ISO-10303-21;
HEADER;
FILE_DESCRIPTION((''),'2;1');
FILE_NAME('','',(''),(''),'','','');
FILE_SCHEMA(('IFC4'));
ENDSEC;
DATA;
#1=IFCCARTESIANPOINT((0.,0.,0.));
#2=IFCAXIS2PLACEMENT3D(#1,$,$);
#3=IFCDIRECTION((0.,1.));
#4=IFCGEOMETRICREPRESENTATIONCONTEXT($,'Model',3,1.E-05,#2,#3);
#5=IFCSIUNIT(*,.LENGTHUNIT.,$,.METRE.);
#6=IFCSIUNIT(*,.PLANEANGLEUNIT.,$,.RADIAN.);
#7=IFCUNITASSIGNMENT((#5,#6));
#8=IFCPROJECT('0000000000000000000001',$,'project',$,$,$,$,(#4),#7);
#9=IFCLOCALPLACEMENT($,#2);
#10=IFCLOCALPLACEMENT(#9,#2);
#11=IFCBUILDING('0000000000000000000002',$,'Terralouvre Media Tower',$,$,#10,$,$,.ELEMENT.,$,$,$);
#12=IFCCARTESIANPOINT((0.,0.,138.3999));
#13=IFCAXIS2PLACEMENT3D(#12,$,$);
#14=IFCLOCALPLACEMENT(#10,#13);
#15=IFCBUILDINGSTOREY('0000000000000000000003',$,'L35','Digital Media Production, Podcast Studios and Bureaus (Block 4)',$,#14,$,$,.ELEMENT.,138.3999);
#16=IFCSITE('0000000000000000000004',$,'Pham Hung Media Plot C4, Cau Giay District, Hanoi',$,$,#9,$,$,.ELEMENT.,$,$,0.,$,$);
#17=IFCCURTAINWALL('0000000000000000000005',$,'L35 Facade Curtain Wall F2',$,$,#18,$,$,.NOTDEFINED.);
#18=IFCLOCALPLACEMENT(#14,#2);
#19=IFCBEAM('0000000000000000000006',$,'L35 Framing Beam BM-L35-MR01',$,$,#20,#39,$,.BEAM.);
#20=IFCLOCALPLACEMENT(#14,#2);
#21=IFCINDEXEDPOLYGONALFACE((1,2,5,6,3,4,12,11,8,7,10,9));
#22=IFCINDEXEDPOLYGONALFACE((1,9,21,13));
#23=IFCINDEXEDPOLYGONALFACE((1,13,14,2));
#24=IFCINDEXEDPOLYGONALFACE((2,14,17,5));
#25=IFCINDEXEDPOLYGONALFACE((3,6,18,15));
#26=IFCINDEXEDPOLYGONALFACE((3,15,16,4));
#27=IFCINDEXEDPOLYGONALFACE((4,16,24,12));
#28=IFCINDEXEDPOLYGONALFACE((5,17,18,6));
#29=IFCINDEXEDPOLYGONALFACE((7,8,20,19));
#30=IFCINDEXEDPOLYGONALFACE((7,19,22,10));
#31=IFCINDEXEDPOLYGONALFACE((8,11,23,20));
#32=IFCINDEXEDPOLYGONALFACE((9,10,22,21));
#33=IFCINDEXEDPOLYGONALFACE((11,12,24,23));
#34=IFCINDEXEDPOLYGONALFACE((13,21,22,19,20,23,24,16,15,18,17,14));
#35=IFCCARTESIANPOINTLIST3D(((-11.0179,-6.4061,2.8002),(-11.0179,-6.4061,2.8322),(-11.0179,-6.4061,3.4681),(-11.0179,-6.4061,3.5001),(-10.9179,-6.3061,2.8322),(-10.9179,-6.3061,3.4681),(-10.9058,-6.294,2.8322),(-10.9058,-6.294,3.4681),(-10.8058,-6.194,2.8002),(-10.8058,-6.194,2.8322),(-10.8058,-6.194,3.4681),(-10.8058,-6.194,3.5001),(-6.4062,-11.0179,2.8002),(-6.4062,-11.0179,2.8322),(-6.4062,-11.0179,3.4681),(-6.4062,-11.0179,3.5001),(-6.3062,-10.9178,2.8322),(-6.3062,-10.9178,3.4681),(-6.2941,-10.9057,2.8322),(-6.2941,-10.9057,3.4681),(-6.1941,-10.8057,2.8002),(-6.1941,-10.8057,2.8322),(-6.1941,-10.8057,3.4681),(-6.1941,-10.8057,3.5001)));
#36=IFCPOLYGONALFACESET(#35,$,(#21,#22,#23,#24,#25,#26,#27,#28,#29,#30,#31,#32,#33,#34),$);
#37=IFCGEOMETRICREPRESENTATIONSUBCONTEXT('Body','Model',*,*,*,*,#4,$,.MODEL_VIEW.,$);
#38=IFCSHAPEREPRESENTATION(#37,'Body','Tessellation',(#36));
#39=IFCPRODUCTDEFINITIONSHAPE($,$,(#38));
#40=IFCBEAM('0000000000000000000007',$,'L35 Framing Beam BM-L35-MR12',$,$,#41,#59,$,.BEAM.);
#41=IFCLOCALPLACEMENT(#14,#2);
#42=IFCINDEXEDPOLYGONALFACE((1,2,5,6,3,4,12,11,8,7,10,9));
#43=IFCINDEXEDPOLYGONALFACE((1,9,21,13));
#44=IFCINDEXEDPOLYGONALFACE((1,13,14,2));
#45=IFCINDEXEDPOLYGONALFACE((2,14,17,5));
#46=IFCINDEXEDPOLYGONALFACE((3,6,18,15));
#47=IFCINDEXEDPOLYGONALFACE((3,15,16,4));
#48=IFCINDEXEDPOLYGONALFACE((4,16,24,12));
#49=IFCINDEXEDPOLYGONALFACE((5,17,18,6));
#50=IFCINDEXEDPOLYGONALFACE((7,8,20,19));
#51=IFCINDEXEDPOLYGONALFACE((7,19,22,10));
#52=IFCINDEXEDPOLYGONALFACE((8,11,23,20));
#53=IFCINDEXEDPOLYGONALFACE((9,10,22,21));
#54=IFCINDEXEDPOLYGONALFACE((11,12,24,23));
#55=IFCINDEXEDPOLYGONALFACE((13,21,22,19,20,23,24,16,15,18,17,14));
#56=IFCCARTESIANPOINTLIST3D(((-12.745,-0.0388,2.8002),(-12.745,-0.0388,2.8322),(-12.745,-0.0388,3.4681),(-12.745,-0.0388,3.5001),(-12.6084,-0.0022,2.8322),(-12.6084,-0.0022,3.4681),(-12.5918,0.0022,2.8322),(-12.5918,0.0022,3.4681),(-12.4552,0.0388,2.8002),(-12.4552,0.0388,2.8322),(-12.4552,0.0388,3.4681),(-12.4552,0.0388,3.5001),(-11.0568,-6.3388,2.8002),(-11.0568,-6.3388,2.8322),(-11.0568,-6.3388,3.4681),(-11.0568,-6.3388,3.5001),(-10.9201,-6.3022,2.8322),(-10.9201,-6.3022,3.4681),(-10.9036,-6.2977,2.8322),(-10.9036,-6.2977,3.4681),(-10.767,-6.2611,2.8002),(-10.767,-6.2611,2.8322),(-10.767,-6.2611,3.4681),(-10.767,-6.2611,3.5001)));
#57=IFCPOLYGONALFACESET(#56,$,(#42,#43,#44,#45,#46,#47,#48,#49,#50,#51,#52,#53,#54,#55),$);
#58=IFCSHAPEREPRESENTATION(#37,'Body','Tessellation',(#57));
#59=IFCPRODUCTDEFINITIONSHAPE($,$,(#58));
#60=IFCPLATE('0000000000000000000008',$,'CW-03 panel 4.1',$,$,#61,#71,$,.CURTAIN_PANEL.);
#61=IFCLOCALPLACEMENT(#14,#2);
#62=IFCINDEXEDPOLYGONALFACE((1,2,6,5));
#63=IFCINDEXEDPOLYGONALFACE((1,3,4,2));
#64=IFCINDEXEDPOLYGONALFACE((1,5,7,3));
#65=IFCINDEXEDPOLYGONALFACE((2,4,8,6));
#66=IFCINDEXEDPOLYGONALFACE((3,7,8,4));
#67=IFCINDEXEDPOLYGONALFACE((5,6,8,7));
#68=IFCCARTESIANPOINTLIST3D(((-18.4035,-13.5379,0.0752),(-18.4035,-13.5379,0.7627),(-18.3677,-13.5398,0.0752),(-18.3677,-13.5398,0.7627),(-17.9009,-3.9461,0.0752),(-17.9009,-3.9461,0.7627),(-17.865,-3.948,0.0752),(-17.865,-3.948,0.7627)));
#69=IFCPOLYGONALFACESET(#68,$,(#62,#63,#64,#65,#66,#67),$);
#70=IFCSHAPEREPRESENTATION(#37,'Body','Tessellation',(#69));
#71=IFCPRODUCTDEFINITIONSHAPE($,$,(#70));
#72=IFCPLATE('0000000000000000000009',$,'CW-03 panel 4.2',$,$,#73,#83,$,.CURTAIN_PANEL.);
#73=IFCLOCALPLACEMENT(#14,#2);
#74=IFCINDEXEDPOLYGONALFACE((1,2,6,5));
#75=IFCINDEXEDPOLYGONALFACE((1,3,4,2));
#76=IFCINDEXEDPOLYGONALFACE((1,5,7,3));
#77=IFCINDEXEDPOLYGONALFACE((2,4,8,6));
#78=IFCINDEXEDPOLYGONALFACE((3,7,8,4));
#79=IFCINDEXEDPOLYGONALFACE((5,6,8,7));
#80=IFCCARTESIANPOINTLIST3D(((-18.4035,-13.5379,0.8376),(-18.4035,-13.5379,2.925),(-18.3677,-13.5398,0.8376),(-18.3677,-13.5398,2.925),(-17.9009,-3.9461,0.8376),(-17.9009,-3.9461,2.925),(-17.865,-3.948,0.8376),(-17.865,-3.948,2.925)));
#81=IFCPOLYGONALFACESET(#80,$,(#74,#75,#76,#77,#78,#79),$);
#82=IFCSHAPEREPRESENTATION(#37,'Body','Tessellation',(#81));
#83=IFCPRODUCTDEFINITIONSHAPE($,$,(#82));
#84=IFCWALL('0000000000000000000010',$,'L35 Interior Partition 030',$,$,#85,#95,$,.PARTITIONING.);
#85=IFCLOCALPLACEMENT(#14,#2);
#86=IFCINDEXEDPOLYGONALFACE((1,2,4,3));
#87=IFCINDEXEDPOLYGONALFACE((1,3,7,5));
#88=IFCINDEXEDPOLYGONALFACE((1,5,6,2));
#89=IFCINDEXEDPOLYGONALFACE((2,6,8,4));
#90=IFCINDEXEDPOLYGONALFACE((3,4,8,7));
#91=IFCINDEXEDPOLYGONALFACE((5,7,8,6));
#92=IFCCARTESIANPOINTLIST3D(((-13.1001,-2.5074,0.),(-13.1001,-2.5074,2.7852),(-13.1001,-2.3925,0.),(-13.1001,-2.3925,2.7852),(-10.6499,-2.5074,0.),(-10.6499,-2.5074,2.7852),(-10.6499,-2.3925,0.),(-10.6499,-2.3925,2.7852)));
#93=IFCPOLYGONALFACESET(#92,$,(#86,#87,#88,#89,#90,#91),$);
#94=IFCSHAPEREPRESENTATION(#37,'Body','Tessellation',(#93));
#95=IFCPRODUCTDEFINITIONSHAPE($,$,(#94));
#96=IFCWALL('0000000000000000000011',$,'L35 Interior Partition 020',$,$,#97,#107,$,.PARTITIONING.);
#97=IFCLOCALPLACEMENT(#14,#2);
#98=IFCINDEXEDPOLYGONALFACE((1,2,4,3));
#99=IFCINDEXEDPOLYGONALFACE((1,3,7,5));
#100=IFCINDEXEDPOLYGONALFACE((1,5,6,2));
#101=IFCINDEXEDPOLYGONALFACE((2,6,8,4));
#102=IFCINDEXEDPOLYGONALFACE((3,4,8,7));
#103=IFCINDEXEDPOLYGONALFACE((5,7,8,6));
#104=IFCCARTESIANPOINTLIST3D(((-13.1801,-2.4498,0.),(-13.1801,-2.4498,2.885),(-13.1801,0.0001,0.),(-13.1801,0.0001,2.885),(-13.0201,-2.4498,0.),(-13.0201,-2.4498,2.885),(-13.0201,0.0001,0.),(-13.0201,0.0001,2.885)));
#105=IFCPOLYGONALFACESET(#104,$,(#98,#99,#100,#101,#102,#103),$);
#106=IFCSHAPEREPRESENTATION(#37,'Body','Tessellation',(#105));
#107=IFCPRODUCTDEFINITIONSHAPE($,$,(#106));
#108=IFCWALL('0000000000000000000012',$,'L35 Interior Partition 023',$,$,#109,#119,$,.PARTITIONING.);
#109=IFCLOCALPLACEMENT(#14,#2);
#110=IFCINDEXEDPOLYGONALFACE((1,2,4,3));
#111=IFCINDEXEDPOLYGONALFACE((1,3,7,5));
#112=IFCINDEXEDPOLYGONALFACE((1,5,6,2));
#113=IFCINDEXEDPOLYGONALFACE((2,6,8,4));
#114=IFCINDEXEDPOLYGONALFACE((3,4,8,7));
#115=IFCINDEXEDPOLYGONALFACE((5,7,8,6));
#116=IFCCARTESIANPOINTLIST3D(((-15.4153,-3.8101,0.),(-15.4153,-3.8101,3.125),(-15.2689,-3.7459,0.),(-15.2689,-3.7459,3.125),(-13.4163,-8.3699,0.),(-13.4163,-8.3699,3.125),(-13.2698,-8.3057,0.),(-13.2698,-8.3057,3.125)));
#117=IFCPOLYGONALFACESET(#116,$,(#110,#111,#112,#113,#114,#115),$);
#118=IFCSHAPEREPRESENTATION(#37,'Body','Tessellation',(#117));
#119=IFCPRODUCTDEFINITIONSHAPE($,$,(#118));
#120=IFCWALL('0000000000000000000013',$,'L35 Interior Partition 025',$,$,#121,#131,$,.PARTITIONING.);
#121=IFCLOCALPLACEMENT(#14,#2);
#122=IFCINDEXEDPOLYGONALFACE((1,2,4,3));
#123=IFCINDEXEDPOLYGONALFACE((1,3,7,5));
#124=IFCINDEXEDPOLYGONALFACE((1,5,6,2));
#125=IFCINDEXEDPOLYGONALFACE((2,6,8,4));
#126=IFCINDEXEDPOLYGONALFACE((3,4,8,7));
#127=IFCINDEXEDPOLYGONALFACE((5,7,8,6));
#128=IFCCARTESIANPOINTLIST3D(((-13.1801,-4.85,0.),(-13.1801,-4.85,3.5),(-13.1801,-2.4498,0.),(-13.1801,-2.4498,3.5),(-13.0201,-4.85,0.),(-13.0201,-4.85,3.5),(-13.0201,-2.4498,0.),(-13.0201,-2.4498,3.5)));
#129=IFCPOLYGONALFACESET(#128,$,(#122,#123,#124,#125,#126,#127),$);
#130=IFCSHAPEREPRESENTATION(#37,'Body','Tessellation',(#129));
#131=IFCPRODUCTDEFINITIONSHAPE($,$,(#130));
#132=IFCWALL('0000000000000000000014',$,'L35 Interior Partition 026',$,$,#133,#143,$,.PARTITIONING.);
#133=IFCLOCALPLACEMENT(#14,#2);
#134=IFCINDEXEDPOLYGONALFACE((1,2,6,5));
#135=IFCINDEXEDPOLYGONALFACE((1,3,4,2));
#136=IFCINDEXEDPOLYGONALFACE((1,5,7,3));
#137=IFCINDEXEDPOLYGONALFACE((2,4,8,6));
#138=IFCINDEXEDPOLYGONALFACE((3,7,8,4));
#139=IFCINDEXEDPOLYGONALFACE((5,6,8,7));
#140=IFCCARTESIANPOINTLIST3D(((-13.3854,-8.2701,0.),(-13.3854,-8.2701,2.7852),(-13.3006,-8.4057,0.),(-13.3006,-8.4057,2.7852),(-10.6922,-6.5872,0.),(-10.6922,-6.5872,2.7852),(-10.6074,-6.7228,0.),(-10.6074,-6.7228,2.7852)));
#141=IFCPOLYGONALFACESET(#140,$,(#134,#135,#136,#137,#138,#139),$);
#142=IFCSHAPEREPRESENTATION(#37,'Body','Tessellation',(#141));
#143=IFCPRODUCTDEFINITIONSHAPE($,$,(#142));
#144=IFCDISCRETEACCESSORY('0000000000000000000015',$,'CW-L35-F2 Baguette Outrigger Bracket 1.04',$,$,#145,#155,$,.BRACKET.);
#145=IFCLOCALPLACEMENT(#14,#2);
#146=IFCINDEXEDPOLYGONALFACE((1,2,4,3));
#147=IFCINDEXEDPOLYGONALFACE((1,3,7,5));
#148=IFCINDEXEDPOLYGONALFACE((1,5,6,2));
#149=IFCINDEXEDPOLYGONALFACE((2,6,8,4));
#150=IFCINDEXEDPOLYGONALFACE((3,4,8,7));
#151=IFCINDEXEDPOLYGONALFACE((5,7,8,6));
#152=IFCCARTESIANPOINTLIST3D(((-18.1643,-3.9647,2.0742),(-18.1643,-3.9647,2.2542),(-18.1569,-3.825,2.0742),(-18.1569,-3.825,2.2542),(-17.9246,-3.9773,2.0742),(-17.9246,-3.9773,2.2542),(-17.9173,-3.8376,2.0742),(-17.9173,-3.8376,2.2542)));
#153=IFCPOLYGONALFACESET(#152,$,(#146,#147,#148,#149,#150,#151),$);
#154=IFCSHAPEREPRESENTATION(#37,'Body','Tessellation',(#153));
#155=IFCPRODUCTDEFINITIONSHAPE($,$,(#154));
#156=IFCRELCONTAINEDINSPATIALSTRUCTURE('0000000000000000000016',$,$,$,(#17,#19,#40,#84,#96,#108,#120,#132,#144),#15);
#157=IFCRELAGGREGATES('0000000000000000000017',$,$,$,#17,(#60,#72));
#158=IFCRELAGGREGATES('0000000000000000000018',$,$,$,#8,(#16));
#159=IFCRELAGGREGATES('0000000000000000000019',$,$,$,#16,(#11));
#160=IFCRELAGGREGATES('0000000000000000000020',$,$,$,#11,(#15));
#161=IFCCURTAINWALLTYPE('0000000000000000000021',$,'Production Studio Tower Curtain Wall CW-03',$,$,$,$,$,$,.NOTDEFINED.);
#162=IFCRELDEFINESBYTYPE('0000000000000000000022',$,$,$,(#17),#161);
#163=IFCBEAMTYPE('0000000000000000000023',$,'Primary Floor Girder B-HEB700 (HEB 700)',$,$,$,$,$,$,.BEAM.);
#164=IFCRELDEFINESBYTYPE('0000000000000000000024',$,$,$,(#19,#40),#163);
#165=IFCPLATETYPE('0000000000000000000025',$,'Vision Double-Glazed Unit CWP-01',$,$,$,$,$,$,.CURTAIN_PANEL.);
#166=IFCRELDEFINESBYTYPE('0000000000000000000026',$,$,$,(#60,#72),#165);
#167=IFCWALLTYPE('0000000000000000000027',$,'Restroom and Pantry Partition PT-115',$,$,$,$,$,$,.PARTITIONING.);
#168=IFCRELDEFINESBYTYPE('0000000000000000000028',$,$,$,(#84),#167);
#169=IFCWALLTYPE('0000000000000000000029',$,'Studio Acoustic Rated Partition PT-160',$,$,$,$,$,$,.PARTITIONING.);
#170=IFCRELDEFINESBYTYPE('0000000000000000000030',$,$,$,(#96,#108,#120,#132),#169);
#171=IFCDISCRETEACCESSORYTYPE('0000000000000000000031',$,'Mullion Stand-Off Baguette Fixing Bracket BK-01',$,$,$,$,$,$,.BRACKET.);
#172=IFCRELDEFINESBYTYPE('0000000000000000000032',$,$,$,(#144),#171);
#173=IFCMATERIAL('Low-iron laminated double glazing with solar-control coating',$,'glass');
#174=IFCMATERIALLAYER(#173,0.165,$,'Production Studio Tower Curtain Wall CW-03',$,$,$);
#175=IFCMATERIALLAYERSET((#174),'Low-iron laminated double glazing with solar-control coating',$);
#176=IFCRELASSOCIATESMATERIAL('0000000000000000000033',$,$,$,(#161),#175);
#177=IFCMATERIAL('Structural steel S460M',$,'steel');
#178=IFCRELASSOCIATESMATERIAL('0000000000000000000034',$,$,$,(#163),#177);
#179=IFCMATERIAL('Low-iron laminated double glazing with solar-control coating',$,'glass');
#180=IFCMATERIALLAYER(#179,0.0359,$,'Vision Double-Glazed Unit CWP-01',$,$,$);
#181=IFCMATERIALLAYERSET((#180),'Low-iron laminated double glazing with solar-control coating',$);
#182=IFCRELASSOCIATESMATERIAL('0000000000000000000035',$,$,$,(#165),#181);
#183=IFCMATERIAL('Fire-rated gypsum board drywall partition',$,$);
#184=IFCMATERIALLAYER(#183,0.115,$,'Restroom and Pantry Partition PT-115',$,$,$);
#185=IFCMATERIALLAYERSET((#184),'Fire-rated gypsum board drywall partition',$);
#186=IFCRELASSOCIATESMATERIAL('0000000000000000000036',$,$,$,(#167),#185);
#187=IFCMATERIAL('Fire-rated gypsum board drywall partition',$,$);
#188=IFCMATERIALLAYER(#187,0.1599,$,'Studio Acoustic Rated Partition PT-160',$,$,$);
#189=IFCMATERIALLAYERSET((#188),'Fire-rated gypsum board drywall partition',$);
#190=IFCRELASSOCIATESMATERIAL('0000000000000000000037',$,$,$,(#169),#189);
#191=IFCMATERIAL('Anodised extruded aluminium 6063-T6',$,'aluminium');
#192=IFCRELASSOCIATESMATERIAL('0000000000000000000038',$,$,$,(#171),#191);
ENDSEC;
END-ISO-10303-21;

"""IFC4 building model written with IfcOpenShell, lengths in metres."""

from ifc_helpers import new_model, si_unit, direction, frame, frame_2d, origin, origin_2d, place, context, subcontext, project, spatial, rectangle, i_section, extrude, material, layer, layer_set, material_profile, profile_set, type_object, element, aggregate, save


model = new_model("IFC4")

# Units and contexts
model_context = context("Model", 3, precision=1e-05, world=origin(), true_north=direction((0.0, 1.0)))
body_context = subcontext(model_context, "Body", "Model", "MODEL_VIEW")
ifc_project = project(units=[si_unit("LENGTHUNIT", "METRE"), si_unit("PLANEANGLEUNIT", "RADIAN")], contexts=[model_context])

# Site, building, storey
site_placement = place(None, origin())
site = spatial("IfcSite", under=ifc_project, at=site_placement, Name="Pham Hung Media Plot C4, Cau Giay District, Hanoi", CompositionType="ELEMENT", RefElevation=0.0)
building_placement = place(site_placement, origin())
building = spatial("IfcBuilding", under=site, at=building_placement, Name="Terralouvre Media Tower", CompositionType="ELEMENT")
storey_placement = place(building_placement, frame((0.0, 0.0, 138.3999)))
storey = spatial("IfcBuildingStorey", under=building, at=storey_placement, Name="L35", Description="Digital Media Production, Podcast Studios and Bureaus (Block 4)", CompositionType="ELEMENT", Elevation=138.3999)

# Curtain wall
ifc_material_1 = material(Name="Low-iron laminated double glazing with solar-control coating", Category="glass")
ifc_layer_1 = layer(ifc_material_1, 0.165, Name="Production Studio Tower Curtain Wall CW-03")
ifc_layer_set_1 = layer_set([ifc_layer_1], Name="Low-iron laminated double glazing with solar-control coating")
curtain_wall_type = type_object("IfcCurtainWallType", Name="Production Studio Tower Curtain Wall CW-03", PredefinedType="NOTDEFINED", material=ifc_layer_set_1)
curtain_wall_placement = place(storey_placement, origin())
curtain_wall = element("IfcCurtainWall", 1, at=curtain_wall_placement, inside=storey, type_object=curtain_wall_type, Name="L35 Facade Curtain Wall F2", PredefinedType="NOTDEFINED")

# Beams
ifc_material_2 = material(Name="Structural steel S460M", Category="steel")
ifc_material_profile_1 = material_profile(ifc_material_2, i_section(OverallWidth=0.3, OverallDepth=0.7, WebThickness=0.0171, FlangeThickness=0.032, at=origin_2d()), Name="HEB 700")
ifc_profile_set_1 = profile_set([ifc_material_profile_1], Name="Structural steel S460M")
beam_type_1 = type_object("IfcBeamType", Name="Primary Floor Girder B-HEB700 (HEB 700)", PredefinedType="BEAM", material=ifc_profile_set_1)
beam_1_placement = place(storey_placement, frame((-10.9119, -6.3, 3.1501), z_axis=(0.707107, -0.707107, 0.0), x_axis=(0.707107, 0.707107, 0.0)))
element("IfcBeam", 2, at=beam_1_placement, inside=storey, type_object=beam_type_1, Name="L35 Framing Beam BM-L35-MR01", PredefinedType="BEAM", context=body_context, shape_type="SweptSolid", body=[
    extrude(i_section(OverallWidth=0.3, OverallDepth=0.7, WebThickness=0.0171, FlangeThickness=0.032, at=origin_2d()), origin(), (0.0, 0.0, 1.0), 6.522),
])
beam_2_placement = place(storey_placement, frame((-12.6001, 0.0, 3.1501), z_axis=(0.258839, -0.96592, 0.0), x_axis=(0.96592, 0.258839, 0.0)))
element("IfcBeam", 3, at=beam_2_placement, inside=storey, type_object=beam_type_1, Name="L35 Framing Beam BM-L35-MR12", PredefinedType="BEAM", context=body_context, shape_type="SweptSolid", body=[
    extrude(i_section(OverallWidth=0.3, OverallDepth=0.7, WebThickness=0.0171, FlangeThickness=0.032, at=origin_2d()), origin(), (0.0, 0.0, 1.0), 6.5222),
])

# Plates
ifc_material_3 = material(Name="Low-iron laminated double glazing with solar-control coating", Category="glass")
ifc_layer_2 = layer(ifc_material_3, 0.0359, Name="Vision Double-Glazed Unit CWP-01")
ifc_layer_set_2 = layer_set([ifc_layer_2], Name="Low-iron laminated double glazing with solar-control coating")
plate_type = type_object("IfcPlateType", Name="Vision Double-Glazed Unit CWP-01", PredefinedType="CURTAIN_PANEL", material=ifc_layer_set_2)
plate_1_placement = place(storey_placement, frame((-18.1343, -8.7429, 0.0752), z_axis=(0.0, 0.0, 1.0), x_axis=(-0.052336, -0.99863, 0.0)))
plate_1 = element("IfcPlate", 4, at=plate_1_placement, type_object=plate_type, Name="CW-03 panel 4.1", PredefinedType="CURTAIN_PANEL", context=body_context, shape_type="SweptSolid", body=[
    extrude(rectangle(XDim=9.605, YDim=0.0359, at=origin_2d()), origin(), (0.0, 0.0, 1.0), 0.6875),
])
plate_2_placement = place(storey_placement, frame((-18.1343, -8.7429, 0.8376), z_axis=(0.0, 0.0, 1.0), x_axis=(-0.052336, -0.99863, 0.0)))
plate_2 = element("IfcPlate", 5, at=plate_2_placement, type_object=plate_type, Name="CW-03 panel 4.2", PredefinedType="CURTAIN_PANEL", context=body_context, shape_type="SweptSolid", body=[
    extrude(rectangle(XDim=9.605, YDim=0.0359, at=origin_2d()), origin(), (0.0, 0.0, 1.0), 2.0874),
])
aggregate(curtain_wall, [plate_1, plate_2])

# Walls
ifc_material_4 = material(Name="Fire-rated gypsum board drywall partition")
ifc_layer_3 = layer(ifc_material_4, 0.115, Name="Restroom and Pantry Partition PT-115")
ifc_layer_set_3 = layer_set([ifc_layer_3], Name="Fire-rated gypsum board drywall partition")
wall_type_1 = type_object("IfcWallType", Name="Restroom and Pantry Partition PT-115", PredefinedType="PARTITIONING", material=ifc_layer_set_3)
wall_1_placement = place(storey_placement, frame((-13.1001, -2.45, 0.0), z_axis=(0.0, 0.0, 1.0), x_axis=(1.0, 0.0, 0.0)))
element("IfcWall", 6, at=wall_1_placement, inside=storey, type_object=wall_type_1, Name="L35 Interior Partition 030", PredefinedType="PARTITIONING", context=body_context, shape_type="SweptSolid", body=[
    extrude(rectangle(XDim=2.4502, YDim=0.115, at=frame_2d((1.2251, 0.0))), origin(), (0.0, 0.0, 1.0), 2.7852),
])
ifc_material_5 = material(Name="Fire-rated gypsum board drywall partition")
ifc_layer_4 = layer(ifc_material_5, 0.1599, Name="Studio Acoustic Rated Partition PT-160")
ifc_layer_set_4 = layer_set([ifc_layer_4], Name="Fire-rated gypsum board drywall partition")
wall_type_2 = type_object("IfcWallType", Name="Studio Acoustic Rated Partition PT-160", PredefinedType="PARTITIONING", material=ifc_layer_set_4)
wall_2_placement = place(storey_placement, frame((-13.1001, -2.45, 0.0), z_axis=(0.0, 0.0, 1.0), x_axis=(0.0, 1.0, 0.0)))
element("IfcWall", 7, at=wall_2_placement, inside=storey, type_object=wall_type_2, Name="L35 Interior Partition 020", PredefinedType="PARTITIONING", context=body_context, shape_type="SweptSolid", body=[
    extrude(rectangle(XDim=2.45, YDim=0.1599, at=frame_2d((1.2251, 0.0))), origin(), (0.0, 0.0, 1.0), 2.885),
])
wall_3_placement = place(storey_placement, frame((-15.342, -3.7781, 0.0), z_axis=(0.0, 0.0, 1.0), x_axis=(0.401511, -0.915854, 0.0)))
element("IfcWall", 8, at=wall_3_placement, inside=storey, type_object=wall_type_2, Name="L35 Interior Partition 023", PredefinedType="PARTITIONING", context=body_context, shape_type="SweptSolid", body=[
    extrude(rectangle(XDim=4.9788, YDim=0.1599, at=frame_2d((2.4893, 0.0))), origin(), (0.0, 0.0, 1.0), 3.125),
])
wall_4_placement = place(storey_placement, frame((-13.1001, -4.8501, 0.0), z_axis=(0.0, 0.0, 1.0), x_axis=(0.0, 1.0, 0.0)))
element("IfcWall", 9, at=wall_4_placement, inside=storey, type_object=wall_type_2, Name="L35 Interior Partition 025", PredefinedType="PARTITIONING", context=body_context, shape_type="SweptSolid", body=[
    extrude(rectangle(XDim=2.4001, YDim=0.1599, at=frame_2d((1.2002, 0.0))), origin(), (0.0, 0.0, 1.0), 3.5),
])
wall_5_placement = place(storey_placement, frame((-13.343, -8.3379, 0.0), z_axis=(0.0, 0.0, 1.0), x_axis=(0.848046, 0.529923, 0.0)))
element("IfcWall", 10, at=wall_5_placement, inside=storey, type_object=wall_type_2, Name="L35 Interior Partition 026", PredefinedType="PARTITIONING", context=body_context, shape_type="SweptSolid", body=[
    extrude(rectangle(XDim=3.1758, YDim=0.1599, at=frame_2d((1.5879, 0.0))), origin(), (0.0, 0.0, 1.0), 2.7852),
])

# Discrete accessory
ifc_material_6 = material(Name="Anodised extruded aluminium 6063-T6", Category="aluminium")
discrete_accessory_type = type_object("IfcDiscreteAccessoryType", Name="Mullion Stand-Off Baguette Fixing Bracket BK-01", PredefinedType="BRACKET", material=ifc_material_6)
discrete_accessory_placement = place(storey_placement, frame((-18.0408, -3.9011, 2.0742), z_axis=(0.0, 0.0, 1.0), x_axis=(-0.052336, -0.99863, 0.0)))
element("IfcDiscreteAccessory", 11, at=discrete_accessory_placement, inside=storey, type_object=discrete_accessory_type, Name="CW-L35-F2 Baguette Outrigger Bracket 1.04", PredefinedType="BRACKET", context=body_context, shape_type="SweptSolid", body=[
    extrude(rectangle(XDim=0.1399, YDim=0.24, at=origin_2d()), origin(), (0.0, 0.0, 1.0), 0.1799),
])

save(model, "model.ifc")
